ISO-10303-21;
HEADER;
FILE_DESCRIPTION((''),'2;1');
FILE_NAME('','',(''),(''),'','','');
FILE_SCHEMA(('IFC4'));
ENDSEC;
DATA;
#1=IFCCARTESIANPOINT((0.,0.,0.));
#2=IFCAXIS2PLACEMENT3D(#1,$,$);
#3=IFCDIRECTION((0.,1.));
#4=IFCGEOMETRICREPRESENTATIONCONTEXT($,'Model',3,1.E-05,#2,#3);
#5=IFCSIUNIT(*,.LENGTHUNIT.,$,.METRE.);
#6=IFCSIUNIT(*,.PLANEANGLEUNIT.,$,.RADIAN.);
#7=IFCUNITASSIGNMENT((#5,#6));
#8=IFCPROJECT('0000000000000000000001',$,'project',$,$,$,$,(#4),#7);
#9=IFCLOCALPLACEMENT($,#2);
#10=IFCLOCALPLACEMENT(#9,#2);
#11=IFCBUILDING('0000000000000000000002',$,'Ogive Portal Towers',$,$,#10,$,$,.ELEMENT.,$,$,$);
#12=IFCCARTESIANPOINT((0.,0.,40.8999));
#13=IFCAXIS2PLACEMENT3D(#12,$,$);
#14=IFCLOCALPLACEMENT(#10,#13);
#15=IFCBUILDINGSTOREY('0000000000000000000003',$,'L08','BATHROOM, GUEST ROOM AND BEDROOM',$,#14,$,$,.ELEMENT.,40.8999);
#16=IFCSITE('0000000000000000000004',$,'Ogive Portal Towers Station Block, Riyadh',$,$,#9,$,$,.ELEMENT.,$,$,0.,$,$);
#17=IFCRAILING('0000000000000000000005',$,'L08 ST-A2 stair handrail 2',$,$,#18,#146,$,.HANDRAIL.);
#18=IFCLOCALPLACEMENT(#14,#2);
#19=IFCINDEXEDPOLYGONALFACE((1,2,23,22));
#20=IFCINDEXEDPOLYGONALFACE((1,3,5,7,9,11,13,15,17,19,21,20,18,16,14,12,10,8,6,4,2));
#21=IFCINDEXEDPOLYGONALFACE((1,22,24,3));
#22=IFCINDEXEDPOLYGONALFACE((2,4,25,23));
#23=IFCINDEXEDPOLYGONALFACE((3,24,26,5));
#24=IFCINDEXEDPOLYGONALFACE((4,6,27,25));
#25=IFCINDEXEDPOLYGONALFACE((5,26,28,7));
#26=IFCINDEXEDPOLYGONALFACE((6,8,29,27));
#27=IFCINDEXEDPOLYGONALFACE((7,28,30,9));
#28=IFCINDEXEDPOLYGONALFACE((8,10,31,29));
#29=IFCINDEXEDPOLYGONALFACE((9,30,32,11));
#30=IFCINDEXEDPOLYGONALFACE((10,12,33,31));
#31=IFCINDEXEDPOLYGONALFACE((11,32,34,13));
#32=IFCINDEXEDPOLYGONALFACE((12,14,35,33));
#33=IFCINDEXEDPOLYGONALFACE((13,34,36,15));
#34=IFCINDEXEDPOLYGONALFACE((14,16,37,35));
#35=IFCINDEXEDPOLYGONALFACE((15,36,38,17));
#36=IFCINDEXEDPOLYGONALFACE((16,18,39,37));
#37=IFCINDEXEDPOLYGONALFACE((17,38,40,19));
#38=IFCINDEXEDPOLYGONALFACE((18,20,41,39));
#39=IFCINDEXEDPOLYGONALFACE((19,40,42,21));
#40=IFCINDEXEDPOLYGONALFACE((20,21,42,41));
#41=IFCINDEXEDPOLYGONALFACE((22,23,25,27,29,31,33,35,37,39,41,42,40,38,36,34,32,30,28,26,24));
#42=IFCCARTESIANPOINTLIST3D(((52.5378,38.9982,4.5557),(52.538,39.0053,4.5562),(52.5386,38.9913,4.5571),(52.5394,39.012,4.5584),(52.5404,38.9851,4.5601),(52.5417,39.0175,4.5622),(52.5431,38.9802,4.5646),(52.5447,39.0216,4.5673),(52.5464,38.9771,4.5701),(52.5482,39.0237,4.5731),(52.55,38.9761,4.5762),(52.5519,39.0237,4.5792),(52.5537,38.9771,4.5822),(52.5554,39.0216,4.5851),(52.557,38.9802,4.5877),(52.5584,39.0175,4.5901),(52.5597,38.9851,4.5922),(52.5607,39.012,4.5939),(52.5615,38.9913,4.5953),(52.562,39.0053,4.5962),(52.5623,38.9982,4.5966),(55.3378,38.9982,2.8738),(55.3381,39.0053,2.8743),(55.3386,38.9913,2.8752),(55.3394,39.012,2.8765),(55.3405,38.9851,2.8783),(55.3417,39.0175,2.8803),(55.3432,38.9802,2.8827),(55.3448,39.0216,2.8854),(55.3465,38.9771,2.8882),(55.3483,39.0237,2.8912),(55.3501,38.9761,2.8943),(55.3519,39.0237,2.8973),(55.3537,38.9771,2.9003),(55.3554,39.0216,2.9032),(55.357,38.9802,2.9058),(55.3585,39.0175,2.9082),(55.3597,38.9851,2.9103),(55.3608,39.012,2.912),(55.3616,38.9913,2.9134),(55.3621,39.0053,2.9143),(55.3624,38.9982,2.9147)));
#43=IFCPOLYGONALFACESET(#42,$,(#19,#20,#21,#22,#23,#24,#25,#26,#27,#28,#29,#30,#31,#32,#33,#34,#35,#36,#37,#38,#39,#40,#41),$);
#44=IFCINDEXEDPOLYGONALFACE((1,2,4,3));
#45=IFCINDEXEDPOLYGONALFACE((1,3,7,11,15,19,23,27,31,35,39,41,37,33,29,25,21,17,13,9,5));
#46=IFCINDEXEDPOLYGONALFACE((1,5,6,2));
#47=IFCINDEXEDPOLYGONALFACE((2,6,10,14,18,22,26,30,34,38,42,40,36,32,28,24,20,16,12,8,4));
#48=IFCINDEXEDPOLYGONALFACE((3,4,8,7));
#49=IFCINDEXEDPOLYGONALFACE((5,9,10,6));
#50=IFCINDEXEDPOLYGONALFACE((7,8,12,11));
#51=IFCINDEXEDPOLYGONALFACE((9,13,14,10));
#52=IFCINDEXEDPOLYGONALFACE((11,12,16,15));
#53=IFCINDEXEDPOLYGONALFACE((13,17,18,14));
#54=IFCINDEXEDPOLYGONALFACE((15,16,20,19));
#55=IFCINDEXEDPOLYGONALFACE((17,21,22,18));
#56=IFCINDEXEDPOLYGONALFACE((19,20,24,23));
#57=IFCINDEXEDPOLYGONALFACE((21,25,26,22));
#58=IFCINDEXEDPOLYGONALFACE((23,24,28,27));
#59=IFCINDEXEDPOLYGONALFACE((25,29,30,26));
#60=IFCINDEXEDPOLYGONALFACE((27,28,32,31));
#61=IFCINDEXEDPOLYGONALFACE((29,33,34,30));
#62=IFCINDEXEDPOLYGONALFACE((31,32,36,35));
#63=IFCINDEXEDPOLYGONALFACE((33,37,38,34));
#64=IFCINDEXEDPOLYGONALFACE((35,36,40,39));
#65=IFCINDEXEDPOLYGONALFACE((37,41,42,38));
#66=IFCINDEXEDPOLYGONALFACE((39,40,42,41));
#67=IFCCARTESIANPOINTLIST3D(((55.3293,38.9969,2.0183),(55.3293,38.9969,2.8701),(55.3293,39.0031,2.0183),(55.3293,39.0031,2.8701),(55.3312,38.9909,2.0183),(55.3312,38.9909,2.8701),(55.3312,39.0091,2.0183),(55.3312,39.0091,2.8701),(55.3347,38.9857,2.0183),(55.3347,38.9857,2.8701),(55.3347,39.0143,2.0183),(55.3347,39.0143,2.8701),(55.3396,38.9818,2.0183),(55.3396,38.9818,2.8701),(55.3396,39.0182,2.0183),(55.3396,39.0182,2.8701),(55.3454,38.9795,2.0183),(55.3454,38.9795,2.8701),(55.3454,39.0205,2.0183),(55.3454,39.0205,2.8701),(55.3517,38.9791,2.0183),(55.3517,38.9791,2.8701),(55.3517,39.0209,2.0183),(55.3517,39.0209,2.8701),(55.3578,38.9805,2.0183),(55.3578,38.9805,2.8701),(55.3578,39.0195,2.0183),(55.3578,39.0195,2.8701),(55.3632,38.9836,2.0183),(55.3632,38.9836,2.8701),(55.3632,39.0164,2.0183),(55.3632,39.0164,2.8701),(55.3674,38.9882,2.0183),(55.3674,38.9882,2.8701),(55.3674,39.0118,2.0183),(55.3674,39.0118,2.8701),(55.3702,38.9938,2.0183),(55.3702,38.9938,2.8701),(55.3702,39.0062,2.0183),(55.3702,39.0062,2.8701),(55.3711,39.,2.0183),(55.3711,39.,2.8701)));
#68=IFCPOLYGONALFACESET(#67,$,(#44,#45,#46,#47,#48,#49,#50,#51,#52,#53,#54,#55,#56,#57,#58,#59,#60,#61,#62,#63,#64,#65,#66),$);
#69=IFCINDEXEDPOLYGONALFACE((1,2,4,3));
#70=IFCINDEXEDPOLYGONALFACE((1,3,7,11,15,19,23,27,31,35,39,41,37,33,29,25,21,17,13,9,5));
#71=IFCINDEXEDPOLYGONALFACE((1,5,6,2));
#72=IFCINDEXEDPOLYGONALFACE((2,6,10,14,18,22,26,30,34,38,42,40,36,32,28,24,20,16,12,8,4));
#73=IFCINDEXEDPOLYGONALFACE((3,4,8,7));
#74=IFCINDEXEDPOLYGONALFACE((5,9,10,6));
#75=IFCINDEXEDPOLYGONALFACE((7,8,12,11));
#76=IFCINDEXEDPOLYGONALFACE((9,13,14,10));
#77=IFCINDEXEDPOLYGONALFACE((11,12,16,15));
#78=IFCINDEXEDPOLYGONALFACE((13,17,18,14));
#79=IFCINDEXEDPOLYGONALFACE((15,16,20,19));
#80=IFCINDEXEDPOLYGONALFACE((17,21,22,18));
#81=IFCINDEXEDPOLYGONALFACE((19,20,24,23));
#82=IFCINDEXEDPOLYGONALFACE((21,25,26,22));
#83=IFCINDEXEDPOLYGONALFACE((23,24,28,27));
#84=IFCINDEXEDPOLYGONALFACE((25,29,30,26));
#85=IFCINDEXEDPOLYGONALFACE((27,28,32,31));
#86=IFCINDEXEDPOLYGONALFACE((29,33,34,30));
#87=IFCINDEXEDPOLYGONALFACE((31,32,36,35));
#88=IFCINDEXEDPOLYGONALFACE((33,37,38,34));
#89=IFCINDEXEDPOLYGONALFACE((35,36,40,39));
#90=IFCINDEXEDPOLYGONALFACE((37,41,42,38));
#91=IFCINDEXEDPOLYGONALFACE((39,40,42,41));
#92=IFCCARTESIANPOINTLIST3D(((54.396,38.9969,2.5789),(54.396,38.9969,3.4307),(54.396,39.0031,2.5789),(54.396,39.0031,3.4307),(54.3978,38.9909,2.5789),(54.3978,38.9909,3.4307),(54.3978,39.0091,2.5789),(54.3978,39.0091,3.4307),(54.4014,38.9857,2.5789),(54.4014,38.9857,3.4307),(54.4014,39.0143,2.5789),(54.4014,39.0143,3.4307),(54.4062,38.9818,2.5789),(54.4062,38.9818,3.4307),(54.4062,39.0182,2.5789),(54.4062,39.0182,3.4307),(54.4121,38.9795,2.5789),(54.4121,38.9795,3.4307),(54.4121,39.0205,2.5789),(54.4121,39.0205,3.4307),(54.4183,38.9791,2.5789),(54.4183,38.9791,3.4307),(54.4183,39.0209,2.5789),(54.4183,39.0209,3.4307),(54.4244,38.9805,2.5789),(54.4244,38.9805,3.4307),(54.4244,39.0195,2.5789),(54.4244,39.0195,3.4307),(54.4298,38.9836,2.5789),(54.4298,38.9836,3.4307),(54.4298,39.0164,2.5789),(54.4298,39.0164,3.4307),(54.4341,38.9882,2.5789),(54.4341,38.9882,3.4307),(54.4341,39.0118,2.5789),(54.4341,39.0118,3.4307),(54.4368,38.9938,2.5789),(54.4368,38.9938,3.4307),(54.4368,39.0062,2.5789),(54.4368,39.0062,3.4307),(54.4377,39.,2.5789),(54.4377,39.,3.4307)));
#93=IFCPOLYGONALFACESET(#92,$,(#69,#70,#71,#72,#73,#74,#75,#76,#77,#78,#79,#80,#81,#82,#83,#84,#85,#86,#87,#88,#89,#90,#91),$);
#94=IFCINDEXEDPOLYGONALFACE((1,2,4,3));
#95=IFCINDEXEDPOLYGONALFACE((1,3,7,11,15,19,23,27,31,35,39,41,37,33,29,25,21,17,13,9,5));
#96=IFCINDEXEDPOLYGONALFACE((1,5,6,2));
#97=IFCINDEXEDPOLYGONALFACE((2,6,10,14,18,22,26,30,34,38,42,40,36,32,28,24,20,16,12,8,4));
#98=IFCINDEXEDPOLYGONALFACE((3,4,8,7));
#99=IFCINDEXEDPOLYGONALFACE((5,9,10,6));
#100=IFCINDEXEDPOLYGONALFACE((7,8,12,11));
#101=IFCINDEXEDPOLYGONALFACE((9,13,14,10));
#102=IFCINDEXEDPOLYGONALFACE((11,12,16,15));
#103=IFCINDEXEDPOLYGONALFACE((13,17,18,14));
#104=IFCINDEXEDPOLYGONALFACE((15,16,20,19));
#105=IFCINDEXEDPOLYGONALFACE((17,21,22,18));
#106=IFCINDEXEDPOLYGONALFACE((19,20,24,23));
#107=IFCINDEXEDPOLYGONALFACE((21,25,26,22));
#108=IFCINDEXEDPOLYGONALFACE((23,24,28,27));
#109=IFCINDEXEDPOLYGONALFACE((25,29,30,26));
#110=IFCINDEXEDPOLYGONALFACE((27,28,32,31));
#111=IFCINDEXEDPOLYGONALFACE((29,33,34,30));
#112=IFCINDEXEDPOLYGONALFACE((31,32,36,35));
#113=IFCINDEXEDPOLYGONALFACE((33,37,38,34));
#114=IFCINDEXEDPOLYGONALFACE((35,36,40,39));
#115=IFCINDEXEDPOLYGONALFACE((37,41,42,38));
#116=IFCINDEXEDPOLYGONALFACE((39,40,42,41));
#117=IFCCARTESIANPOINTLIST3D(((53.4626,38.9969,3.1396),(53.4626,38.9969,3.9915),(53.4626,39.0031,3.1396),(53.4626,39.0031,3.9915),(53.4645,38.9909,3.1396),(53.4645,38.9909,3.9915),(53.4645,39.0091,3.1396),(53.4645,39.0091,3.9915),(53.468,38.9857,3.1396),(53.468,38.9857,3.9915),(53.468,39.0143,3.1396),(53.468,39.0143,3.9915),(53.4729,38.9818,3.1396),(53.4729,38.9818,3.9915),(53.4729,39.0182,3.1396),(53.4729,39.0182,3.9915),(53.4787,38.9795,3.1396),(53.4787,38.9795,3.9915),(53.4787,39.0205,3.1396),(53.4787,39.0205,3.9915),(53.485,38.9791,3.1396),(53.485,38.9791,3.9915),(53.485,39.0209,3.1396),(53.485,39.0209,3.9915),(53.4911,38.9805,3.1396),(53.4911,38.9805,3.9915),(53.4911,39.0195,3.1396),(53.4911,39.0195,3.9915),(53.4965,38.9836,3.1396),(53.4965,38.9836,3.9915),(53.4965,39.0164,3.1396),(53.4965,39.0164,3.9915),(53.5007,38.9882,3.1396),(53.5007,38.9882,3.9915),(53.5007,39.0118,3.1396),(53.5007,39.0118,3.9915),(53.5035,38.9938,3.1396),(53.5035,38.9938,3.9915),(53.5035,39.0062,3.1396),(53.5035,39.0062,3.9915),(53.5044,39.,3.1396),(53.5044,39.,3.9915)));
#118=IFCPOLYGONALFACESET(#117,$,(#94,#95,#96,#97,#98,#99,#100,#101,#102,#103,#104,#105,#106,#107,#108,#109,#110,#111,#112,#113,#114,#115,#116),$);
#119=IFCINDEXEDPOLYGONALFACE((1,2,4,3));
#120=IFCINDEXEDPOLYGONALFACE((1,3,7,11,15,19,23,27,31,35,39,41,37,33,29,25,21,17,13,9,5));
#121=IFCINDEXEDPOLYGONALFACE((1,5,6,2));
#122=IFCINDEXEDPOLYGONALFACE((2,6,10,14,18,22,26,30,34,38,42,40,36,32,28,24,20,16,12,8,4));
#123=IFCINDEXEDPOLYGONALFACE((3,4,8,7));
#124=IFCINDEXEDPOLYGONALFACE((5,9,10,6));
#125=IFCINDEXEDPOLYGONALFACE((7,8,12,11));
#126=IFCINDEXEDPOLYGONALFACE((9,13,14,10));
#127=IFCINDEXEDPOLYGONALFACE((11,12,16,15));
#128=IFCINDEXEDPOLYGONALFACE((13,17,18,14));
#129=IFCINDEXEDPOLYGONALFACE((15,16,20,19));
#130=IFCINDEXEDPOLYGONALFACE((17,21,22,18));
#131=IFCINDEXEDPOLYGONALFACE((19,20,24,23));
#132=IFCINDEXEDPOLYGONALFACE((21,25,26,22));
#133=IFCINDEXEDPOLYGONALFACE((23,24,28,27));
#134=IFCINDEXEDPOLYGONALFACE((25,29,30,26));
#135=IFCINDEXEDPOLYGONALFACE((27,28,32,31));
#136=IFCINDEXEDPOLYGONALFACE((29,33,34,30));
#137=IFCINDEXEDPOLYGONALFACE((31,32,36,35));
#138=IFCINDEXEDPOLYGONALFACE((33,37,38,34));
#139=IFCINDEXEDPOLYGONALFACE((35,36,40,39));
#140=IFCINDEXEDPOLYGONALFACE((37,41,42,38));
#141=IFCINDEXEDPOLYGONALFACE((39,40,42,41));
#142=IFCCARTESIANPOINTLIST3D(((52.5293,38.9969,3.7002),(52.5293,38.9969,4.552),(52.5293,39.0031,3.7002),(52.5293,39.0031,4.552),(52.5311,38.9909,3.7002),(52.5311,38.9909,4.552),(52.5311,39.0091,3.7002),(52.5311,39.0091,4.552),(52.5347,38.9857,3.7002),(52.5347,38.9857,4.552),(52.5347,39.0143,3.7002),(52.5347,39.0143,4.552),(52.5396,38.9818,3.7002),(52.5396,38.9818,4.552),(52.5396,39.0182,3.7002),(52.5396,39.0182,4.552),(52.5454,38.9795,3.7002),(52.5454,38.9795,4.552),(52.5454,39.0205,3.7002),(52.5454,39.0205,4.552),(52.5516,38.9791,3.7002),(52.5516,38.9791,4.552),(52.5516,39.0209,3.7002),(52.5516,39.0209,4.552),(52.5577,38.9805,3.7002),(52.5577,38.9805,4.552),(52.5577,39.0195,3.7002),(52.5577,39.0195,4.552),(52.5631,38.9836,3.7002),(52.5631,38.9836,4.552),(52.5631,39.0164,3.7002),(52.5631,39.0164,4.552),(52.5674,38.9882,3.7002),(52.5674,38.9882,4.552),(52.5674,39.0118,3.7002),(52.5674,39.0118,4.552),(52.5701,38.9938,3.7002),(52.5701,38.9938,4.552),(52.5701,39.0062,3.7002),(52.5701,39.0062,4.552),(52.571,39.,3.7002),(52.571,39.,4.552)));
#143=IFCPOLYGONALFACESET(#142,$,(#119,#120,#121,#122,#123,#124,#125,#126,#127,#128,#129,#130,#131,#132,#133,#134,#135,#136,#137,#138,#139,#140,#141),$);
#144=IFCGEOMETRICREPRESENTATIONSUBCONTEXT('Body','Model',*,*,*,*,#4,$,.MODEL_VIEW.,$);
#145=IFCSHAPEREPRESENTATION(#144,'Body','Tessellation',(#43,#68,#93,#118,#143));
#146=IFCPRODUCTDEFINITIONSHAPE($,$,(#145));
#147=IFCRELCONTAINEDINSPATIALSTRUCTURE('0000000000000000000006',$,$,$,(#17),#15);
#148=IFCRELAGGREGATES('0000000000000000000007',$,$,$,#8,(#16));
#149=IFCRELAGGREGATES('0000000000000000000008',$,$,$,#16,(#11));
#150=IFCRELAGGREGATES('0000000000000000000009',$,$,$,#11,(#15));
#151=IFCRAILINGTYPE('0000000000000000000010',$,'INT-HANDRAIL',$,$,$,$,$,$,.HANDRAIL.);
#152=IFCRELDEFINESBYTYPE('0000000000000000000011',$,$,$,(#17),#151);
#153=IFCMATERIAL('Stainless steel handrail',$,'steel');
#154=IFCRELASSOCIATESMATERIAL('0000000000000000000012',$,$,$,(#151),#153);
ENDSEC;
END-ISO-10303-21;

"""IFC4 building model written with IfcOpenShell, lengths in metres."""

from ifc_helpers import new_model, si_unit, direction, frame, origin, origin_2d, place, context, subcontext, project, spatial, circle, extrude, material, type_object, element, save


model = new_model("IFC4")

# Units and contexts
model_context = context("Model", 3, precision=1e-05, world=origin(), true_north=direction((0.0, 1.0)))
body_context = subcontext(model_context, "Body", "Model", "MODEL_VIEW")
ifc_project = project(units=[si_unit("LENGTHUNIT", "METRE"), si_unit("PLANEANGLEUNIT", "RADIAN")], contexts=[model_context])

# Site, building, storey
site_placement = place(None, origin())
site = spatial("IfcSite", under=ifc_project, at=site_placement, Name="Ogive Portal Towers Station Block, Riyadh", CompositionType="ELEMENT", RefElevation=0.0)
building_placement = place(site_placement, origin())
building = spatial("IfcBuilding", under=site, at=building_placement, Name="Ogive Portal Towers", CompositionType="ELEMENT")
storey_placement = place(building_placement, frame((0.0, 0.0, 40.8999)))
storey = spatial("IfcBuildingStorey", under=building, at=storey_placement, Name="L08", Description="BATHROOM, GUEST ROOM AND BEDROOM", CompositionType="ELEMENT", Elevation=40.8999)

# Railing
ifc_material_1 = material(Name="Stainless steel handrail", Category="steel")
railing_type_1 = type_object("IfcRailingType", Name="INT-HANDRAIL", PredefinedType="HANDRAIL", material=ifc_material_1)
railing_1_placement = place(storey_placement, frame((55.3501, 39.0, 2.0183)))
element("IfcRailing", 1, at=railing_1_placement, inside=storey, type_object=railing_type_1, Name="L08 ST-A2 stair handrail 2", PredefinedType="HANDRAIL", context=body_context, shape_type="SweptSolid", body=[
    extrude(circle(Radius=0.0239, at=origin_2d()), frame((0.0, 0.0, 0.876), z_axis=(-0.857242, 0.0, 0.514913), x_axis=(0.0, -1.0, 0.0)), (0.0, 0.0, 1.0), 3.2664),
    extrude(circle(Radius=0.021, at=origin_2d()), origin(), (0.0, 0.0, 1.0), 0.8518),
    extrude(circle(Radius=0.021, at=origin_2d()), frame((-0.9333, 0.0, 0.5605)), (0.0, 0.0, 1.0), 0.8518),
    extrude(circle(Radius=0.021, at=origin_2d()), frame((-1.8667, 0.0, 1.1213)), (0.0, 0.0, 1.0), 0.8518),
    extrude(circle(Radius=0.021, at=origin_2d()), frame((-2.8, 0.0, 1.6819)), (0.0, 0.0, 1.0), 0.8518),
])

save(model, "model.ifc")
